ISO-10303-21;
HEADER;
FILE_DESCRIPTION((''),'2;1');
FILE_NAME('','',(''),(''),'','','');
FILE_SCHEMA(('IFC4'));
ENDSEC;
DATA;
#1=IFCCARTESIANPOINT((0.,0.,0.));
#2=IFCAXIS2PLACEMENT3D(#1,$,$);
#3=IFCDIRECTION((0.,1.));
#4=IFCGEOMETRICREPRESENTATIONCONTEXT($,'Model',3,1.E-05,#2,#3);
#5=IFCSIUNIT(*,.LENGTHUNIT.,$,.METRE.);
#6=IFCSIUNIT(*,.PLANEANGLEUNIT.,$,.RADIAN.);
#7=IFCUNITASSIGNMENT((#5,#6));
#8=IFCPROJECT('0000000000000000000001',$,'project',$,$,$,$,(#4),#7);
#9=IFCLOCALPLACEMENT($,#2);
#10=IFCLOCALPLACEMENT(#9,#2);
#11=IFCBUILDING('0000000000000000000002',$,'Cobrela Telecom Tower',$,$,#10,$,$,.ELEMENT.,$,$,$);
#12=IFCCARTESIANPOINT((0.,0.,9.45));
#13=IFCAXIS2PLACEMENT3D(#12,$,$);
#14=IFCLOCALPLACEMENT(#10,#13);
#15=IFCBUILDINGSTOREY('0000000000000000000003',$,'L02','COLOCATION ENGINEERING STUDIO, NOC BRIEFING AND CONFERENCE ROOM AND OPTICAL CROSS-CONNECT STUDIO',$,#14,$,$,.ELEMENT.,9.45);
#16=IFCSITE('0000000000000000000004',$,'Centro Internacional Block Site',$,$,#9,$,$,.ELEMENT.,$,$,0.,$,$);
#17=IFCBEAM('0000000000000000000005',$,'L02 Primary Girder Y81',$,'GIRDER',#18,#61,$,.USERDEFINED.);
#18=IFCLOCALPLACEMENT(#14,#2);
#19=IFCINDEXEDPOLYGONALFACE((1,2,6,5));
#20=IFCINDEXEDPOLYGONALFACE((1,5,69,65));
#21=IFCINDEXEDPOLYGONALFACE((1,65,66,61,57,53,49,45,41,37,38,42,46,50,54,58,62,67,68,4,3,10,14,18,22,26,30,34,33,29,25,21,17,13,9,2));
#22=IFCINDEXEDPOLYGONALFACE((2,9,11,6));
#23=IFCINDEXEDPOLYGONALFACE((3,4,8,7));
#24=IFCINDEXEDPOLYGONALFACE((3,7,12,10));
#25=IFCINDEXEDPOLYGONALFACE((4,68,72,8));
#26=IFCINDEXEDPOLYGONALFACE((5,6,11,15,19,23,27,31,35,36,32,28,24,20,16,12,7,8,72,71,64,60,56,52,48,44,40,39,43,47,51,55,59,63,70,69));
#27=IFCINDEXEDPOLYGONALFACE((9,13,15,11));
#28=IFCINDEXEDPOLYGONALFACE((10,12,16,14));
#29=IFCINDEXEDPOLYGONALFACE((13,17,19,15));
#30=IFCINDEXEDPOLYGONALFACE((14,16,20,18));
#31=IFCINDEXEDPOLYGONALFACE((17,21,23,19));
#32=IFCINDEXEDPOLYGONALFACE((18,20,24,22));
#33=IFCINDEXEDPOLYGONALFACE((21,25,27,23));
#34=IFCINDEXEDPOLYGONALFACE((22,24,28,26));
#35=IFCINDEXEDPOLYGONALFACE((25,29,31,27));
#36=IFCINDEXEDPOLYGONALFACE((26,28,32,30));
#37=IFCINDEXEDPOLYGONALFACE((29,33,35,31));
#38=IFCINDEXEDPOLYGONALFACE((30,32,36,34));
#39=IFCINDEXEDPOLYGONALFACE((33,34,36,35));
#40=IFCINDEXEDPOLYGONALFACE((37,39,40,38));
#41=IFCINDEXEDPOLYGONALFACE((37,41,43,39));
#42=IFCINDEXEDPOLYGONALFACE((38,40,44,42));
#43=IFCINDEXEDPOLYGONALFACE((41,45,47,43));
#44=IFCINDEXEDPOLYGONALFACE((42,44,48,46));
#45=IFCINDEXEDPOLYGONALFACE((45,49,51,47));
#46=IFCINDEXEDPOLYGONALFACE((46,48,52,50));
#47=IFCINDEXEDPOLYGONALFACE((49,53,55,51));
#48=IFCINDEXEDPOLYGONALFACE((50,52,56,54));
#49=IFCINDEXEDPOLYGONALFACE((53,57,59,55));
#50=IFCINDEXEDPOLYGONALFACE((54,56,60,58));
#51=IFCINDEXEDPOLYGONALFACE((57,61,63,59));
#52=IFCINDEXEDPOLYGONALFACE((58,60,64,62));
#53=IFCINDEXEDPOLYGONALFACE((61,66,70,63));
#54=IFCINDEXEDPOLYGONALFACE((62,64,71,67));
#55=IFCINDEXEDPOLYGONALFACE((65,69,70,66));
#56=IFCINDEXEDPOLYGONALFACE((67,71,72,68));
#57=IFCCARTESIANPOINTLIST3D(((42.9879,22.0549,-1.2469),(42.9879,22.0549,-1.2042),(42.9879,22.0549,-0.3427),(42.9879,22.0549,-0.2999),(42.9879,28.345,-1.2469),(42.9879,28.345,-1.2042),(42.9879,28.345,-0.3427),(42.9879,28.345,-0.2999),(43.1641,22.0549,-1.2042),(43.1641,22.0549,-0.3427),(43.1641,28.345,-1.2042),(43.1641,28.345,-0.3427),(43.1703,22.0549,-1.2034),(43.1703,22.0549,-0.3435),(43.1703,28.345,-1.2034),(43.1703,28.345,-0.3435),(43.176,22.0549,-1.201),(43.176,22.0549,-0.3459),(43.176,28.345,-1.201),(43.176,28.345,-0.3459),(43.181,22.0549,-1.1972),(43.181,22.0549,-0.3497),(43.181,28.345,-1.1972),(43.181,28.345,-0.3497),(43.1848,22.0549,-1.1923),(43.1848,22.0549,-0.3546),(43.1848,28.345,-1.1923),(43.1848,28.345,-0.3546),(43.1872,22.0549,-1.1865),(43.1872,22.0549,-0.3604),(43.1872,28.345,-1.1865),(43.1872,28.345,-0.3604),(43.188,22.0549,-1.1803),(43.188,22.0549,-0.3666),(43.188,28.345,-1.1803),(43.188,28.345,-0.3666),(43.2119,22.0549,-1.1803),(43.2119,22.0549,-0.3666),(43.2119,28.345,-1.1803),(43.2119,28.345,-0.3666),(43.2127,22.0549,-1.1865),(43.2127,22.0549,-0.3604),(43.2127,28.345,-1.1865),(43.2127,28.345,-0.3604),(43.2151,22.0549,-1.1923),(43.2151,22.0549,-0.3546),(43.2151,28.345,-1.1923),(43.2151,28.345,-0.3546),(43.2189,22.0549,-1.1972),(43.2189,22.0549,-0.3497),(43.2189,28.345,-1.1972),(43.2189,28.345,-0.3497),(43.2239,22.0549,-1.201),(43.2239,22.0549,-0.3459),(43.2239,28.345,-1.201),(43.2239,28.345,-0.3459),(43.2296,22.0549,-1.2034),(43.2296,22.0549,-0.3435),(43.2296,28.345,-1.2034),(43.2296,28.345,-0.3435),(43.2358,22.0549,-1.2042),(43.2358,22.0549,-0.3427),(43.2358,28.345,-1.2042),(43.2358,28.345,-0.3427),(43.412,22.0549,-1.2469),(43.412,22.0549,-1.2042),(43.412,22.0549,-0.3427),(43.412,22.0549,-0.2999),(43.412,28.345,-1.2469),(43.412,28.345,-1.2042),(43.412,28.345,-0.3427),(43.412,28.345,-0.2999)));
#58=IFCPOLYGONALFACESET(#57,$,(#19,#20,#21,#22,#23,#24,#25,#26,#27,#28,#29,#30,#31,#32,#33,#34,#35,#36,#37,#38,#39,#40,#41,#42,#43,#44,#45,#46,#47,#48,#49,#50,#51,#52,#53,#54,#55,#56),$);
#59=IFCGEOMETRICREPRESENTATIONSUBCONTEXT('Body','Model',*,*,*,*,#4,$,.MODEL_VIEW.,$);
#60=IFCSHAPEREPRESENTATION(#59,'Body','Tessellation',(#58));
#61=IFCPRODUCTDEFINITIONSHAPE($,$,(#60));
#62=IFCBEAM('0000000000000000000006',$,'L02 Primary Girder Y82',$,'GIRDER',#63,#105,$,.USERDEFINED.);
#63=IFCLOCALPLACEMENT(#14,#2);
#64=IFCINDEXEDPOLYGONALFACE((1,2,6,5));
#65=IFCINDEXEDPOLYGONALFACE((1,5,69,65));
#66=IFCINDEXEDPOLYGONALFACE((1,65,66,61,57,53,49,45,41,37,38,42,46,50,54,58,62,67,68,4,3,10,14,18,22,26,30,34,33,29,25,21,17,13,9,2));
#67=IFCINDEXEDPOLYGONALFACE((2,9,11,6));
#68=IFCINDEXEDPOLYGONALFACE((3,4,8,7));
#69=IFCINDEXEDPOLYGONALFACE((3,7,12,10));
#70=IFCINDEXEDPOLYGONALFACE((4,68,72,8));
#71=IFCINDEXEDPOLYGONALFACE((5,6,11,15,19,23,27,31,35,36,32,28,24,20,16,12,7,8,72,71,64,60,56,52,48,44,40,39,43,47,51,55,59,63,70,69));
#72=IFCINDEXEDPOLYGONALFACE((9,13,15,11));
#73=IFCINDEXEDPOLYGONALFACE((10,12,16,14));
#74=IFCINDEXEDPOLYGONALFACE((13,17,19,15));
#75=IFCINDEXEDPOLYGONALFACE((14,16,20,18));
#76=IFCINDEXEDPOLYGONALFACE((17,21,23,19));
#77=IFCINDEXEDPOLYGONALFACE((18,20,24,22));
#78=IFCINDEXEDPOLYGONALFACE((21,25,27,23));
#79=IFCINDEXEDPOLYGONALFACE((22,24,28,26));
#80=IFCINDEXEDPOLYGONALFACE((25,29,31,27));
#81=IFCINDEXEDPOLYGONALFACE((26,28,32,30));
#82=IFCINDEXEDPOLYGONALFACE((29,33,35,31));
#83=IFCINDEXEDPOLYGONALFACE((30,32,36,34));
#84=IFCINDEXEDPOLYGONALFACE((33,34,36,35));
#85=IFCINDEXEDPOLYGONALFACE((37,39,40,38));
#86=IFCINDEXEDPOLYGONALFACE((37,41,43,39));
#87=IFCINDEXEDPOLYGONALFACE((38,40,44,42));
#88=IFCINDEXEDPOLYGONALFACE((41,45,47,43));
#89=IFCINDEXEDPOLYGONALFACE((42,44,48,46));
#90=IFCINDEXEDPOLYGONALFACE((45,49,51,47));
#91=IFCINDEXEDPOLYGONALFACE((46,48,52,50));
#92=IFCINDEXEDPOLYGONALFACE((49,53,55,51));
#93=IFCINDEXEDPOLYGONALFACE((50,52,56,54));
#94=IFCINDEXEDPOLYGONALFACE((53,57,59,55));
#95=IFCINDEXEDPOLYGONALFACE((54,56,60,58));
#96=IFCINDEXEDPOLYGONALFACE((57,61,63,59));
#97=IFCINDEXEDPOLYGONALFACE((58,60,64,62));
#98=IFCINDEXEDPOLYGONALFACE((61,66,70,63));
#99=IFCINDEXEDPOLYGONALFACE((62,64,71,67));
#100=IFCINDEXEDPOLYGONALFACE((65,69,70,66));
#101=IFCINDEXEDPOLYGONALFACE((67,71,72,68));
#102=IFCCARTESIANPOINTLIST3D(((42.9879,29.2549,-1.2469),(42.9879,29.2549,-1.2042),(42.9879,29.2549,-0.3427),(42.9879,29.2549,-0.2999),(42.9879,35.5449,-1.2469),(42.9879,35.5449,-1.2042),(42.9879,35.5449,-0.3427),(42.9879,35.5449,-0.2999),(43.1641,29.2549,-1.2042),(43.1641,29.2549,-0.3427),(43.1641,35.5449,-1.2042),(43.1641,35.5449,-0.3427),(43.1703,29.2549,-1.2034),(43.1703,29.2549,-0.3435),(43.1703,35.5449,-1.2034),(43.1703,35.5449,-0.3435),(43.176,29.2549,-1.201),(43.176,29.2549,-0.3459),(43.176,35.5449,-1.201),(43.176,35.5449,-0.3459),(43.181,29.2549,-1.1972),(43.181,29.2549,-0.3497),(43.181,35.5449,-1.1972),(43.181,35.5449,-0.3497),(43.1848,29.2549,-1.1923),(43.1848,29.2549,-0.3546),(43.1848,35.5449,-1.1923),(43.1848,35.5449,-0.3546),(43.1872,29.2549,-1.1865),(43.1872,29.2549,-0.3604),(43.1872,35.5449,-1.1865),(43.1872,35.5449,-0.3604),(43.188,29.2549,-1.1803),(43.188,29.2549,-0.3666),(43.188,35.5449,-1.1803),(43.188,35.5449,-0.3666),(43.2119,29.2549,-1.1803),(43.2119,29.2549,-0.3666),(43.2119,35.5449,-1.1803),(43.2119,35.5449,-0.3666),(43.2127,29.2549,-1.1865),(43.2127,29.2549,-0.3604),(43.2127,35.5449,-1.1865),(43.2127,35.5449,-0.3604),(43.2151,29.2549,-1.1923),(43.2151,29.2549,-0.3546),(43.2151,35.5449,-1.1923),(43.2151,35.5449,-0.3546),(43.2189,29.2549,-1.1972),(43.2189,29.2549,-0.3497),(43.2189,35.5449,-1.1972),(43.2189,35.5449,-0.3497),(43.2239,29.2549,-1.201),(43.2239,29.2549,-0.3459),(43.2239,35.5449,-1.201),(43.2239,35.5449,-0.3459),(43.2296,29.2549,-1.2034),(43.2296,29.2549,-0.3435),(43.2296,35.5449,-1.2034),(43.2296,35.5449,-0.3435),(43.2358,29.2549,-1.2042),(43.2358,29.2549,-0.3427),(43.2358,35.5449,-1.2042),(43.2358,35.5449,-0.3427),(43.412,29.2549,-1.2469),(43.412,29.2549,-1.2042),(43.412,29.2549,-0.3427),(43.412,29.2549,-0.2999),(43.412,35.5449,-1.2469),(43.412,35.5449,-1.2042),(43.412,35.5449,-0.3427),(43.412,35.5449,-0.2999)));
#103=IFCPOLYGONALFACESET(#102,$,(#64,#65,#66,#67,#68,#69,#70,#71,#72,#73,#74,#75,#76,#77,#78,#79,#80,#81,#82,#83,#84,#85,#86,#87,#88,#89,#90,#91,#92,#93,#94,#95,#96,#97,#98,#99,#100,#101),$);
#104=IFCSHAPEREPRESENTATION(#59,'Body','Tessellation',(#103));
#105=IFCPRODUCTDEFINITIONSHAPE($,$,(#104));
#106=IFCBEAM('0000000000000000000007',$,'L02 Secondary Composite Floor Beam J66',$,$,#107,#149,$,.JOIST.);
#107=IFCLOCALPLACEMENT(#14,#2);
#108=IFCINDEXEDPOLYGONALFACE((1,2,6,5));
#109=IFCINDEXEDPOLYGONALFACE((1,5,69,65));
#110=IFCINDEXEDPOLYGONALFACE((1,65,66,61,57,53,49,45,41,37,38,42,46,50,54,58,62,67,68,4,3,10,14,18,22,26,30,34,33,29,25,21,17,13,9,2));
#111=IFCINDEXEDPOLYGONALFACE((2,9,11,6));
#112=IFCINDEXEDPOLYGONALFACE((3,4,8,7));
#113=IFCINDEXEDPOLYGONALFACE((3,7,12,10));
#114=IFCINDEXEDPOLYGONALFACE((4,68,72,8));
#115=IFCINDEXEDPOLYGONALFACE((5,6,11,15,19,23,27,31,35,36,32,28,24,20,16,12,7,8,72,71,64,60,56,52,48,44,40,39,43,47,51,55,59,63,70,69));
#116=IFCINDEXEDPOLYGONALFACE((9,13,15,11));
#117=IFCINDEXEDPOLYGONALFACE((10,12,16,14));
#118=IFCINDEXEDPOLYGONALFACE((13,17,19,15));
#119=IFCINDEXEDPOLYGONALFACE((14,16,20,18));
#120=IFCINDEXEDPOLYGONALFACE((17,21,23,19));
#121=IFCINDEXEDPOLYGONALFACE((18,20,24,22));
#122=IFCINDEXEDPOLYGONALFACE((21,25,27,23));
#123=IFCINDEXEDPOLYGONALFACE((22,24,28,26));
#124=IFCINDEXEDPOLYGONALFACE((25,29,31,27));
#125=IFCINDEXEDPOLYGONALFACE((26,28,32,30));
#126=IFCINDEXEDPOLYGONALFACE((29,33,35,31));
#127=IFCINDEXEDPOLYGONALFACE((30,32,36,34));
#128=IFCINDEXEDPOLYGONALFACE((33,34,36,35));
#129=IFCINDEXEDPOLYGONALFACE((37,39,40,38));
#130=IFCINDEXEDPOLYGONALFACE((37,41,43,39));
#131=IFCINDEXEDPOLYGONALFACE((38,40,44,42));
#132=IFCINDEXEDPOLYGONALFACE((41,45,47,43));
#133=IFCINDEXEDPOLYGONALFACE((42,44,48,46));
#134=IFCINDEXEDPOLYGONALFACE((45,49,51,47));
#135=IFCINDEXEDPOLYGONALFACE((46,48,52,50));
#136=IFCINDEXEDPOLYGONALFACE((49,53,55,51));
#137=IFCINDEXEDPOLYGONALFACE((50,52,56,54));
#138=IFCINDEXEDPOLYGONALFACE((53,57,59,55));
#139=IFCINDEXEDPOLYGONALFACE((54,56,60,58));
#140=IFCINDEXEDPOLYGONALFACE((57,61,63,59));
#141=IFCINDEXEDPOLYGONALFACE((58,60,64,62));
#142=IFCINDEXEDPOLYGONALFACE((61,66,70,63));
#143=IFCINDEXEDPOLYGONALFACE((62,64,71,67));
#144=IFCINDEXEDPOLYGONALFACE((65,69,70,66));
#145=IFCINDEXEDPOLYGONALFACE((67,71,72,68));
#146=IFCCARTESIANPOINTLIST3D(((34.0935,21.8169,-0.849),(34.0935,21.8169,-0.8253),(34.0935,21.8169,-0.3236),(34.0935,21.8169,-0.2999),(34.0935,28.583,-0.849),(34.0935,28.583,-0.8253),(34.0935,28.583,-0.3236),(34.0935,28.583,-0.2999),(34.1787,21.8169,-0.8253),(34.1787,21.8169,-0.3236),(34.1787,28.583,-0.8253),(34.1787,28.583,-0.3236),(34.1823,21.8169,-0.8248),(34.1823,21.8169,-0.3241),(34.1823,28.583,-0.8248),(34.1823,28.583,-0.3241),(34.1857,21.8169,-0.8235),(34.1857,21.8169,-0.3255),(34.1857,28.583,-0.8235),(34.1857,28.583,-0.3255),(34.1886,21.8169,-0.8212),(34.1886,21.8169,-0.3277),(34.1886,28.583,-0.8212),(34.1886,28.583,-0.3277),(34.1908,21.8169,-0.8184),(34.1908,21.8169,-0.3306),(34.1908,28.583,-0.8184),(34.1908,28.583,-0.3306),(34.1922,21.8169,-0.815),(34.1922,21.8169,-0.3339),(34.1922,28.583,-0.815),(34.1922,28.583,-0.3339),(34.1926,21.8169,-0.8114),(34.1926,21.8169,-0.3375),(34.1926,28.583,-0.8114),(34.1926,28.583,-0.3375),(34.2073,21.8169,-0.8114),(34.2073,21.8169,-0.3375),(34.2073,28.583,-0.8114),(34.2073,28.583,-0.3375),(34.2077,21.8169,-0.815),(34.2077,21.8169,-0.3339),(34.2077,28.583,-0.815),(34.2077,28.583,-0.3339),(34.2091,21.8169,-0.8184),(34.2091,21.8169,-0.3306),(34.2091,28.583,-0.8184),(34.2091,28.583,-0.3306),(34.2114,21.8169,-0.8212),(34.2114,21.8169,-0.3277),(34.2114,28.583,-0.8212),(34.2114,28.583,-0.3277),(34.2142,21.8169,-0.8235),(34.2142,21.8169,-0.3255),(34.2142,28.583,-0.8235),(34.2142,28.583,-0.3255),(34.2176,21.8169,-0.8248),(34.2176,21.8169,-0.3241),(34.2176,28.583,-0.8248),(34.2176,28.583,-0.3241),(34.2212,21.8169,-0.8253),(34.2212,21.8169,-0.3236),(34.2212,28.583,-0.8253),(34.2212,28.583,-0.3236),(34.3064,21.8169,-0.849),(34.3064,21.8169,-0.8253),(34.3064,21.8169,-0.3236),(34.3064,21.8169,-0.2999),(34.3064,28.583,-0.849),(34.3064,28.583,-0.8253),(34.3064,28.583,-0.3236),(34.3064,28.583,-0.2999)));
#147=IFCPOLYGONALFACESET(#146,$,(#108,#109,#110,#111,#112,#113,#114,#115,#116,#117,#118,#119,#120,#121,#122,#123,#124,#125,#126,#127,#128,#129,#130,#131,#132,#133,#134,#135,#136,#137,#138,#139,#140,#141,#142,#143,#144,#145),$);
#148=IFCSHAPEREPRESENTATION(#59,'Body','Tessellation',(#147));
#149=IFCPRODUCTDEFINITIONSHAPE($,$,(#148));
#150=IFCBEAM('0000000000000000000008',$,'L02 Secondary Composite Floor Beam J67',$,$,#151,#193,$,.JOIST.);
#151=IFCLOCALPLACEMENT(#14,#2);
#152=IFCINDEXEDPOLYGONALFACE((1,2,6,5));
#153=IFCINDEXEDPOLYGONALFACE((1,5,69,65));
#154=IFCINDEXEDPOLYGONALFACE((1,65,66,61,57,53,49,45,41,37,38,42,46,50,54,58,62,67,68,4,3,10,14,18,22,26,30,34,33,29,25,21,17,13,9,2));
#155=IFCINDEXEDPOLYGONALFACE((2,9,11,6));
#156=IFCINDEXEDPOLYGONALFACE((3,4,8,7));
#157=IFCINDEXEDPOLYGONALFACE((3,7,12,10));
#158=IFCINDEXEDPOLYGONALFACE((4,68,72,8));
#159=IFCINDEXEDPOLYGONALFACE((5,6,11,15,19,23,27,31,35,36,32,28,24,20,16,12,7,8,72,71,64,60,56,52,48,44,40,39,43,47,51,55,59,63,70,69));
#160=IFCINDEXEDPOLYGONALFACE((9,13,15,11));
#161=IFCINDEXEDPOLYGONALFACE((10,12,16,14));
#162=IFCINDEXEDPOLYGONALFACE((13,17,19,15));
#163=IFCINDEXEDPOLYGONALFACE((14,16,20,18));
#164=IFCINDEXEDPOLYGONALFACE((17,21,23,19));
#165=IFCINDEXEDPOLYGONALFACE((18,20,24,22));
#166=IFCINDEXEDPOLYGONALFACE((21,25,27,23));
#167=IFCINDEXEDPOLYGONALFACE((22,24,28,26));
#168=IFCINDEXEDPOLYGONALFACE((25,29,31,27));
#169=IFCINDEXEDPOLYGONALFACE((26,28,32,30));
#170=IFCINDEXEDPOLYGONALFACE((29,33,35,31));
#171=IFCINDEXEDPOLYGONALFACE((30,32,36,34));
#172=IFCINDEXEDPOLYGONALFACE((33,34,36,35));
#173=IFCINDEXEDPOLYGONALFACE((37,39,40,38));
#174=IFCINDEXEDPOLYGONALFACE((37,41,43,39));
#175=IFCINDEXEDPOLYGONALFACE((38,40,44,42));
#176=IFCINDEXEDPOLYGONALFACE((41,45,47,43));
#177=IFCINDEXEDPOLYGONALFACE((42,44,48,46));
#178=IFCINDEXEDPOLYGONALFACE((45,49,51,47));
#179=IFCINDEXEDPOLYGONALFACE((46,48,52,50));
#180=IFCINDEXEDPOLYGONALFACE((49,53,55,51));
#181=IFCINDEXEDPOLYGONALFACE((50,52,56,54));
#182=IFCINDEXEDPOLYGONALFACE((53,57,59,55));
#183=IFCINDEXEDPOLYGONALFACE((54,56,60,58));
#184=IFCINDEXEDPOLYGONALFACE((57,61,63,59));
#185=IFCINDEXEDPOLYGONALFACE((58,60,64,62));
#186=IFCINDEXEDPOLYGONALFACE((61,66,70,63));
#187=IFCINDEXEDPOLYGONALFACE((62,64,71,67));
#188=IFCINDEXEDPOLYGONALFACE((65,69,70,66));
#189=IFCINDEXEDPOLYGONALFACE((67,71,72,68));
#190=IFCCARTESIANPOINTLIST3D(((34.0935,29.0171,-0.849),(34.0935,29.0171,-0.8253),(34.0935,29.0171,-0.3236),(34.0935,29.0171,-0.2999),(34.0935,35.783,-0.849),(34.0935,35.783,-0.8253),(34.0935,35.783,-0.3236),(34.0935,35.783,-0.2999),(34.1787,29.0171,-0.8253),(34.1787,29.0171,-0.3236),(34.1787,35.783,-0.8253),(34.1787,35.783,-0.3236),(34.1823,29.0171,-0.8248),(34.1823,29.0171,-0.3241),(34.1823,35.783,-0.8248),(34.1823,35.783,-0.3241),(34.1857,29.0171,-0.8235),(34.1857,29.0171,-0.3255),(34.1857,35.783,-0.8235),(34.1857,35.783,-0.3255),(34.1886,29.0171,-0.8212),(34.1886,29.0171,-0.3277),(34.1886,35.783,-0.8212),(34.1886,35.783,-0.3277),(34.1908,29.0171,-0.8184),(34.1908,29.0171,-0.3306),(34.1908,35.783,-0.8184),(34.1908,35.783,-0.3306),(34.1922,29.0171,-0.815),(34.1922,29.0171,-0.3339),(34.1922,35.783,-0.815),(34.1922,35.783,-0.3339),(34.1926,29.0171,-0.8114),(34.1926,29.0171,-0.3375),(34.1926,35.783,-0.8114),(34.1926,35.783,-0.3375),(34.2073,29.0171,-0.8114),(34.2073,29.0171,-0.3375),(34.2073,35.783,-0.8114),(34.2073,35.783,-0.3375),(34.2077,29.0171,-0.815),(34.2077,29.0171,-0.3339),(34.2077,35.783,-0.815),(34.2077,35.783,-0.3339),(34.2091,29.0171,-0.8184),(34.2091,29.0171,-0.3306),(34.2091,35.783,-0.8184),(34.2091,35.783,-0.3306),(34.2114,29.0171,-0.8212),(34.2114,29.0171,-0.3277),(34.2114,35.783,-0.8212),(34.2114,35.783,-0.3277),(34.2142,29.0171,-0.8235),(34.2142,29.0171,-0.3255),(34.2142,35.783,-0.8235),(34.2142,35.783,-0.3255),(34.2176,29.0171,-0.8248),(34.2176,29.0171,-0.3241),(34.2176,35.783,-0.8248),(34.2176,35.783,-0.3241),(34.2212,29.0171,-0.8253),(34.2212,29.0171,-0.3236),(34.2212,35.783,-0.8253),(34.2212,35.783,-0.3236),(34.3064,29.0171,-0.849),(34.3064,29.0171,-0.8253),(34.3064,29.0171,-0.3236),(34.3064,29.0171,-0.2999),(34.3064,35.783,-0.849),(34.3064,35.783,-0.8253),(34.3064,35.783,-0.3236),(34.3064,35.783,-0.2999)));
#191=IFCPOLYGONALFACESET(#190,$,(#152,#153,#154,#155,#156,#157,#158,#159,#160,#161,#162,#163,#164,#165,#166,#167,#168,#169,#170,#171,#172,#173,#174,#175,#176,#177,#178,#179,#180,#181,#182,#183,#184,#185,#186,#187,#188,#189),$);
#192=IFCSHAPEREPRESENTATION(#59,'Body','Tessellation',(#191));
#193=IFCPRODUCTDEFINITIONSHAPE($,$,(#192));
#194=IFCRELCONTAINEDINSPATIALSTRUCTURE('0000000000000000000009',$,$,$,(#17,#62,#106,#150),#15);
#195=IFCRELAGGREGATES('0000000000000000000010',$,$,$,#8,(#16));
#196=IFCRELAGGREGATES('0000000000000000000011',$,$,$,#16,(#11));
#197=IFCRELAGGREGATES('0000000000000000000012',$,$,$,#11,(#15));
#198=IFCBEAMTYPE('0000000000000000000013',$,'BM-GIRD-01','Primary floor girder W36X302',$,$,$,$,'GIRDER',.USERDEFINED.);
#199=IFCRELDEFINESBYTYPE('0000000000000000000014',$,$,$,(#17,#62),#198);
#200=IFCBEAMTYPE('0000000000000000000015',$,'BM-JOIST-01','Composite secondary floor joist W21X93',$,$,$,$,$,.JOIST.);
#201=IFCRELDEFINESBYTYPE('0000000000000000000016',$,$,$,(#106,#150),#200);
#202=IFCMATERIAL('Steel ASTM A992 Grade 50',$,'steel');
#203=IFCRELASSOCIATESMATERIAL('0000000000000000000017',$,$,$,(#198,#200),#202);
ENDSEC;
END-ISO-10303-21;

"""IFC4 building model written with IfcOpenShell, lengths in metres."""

from ifc_helpers import new_model, si_unit, direction, frame, origin, origin_2d, place, context, subcontext, project, spatial, i_section, extrude, material, material_profile, profile_set, type_object, element, save


model = new_model("IFC4")

# Units and contexts
model_context = context("Model", 3, precision=1e-05, world=origin(), true_north=direction((0.0, 1.0)))
body_context = subcontext(model_context, "Body", "Model", "MODEL_VIEW")
ifc_project = project(units=[si_unit("LENGTHUNIT", "METRE"), si_unit("PLANEANGLEUNIT", "RADIAN")], contexts=[model_context])

# Site, building, storey
site_placement = place(None, origin())
site = spatial("IfcSite", under=ifc_project, at=site_placement, Name="Centro Internacional Block Site", CompositionType="ELEMENT", RefElevation=0.0)
building_placement = place(site_placement, origin())
building = spatial("IfcBuilding", under=site, at=building_placement, Name="Cobrela Telecom Tower", CompositionType="ELEMENT")
storey_placement = place(building_placement, frame((0.0, 0.0, 9.45)))
storey = spatial("IfcBuildingStorey", under=building, at=storey_placement, Name="L02", Description="COLOCATION ENGINEERING STUDIO, NOC BRIEFING AND CONFERENCE ROOM AND OPTICAL CROSS-CONNECT STUDIO", CompositionType="ELEMENT", Elevation=9.45)

# Beams
ifc_material_1 = material(Name="Steel ASTM A992 Grade 50", Category="steel")
ifc_material_profile_1 = material_profile(ifc_material_1, i_section(OverallWidth=0.4241, OverallDepth=0.947, WebThickness=0.0239, FlangeThickness=0.0427, FilletRadius=0.0239, at=origin_2d()), Name="W36X302")
ifc_profile_set_1 = profile_set([ifc_material_profile_1], Name="Steel ASTM A992 Grade 50")
beam_type_1 = type_object("IfcBeamType", Name="BM-GIRD-01", Description="Primary floor girder W36X302", ElementType="GIRDER", PredefinedType="USERDEFINED", material=ifc_profile_set_1)
for number, where, z_axis, x_axis, name in (
    (1, (43.2, 22.0549, -0.7734), (0.0, 1.0, 0.0), (-1.0, 0.0, 0.0), "L02 Primary Girder Y81"),
    (2, (43.2, 29.2549, -0.7734), (0.0, 1.0, 0.0), (-1.0, 0.0, 0.0), "L02 Primary Girder Y82"),
):
    element("IfcBeam", number, at=place(storey_placement, frame(where, z_axis=z_axis, x_axis=x_axis)), inside=storey, type_object=beam_type_1, Name=name, ObjectType="GIRDER", PredefinedType="USERDEFINED", context=body_context, shape_type="SweptSolid", body=[
        extrude(i_section(OverallWidth=0.4241, OverallDepth=0.947, WebThickness=0.0239, FlangeThickness=0.0427, FilletRadius=0.0239, at=origin_2d()), origin(), (0.0, 0.0, 1.0), 6.29),
    ])
ifc_material_profile_2 = material_profile(ifc_material_1, i_section(OverallWidth=0.2129, OverallDepth=0.5491, WebThickness=0.0146, FlangeThickness=0.0237, FilletRadius=0.0139, at=origin_2d()), Name="W21X93")
ifc_profile_set_2 = profile_set([ifc_material_profile_2], Name="Steel ASTM A992 Grade 50")
beam_type_2 = type_object("IfcBeamType", Name="BM-JOIST-01", Description="Composite secondary floor joist W21X93", PredefinedType="JOIST", material=ifc_profile_set_2)
beam_1_placement = place(storey_placement, frame((34.2, 21.8169, -0.5745), z_axis=(0.0, 1.0, 0.0), x_axis=(-1.0, 0.0, 0.0)))
element("IfcBeam", 3, at=beam_1_placement, inside=storey, type_object=beam_type_2, Name="L02 Secondary Composite Floor Beam J66", PredefinedType="JOIST", context=body_context, shape_type="SweptSolid", body=[
    extrude(i_section(OverallWidth=0.2129, OverallDepth=0.5491, WebThickness=0.0146, FlangeThickness=0.0237, FilletRadius=0.0139, at=origin_2d()), origin(), (0.0, 0.0, 1.0), 6.7661),
])
beam_2_placement = place(storey_placement, frame((34.2, 29.0171, -0.5745), z_axis=(0.0, 1.0, 0.0), x_axis=(-1.0, 0.0, 0.0)))
element("IfcBeam", 4, at=beam_2_placement, inside=storey, type_object=beam_type_2, Name="L02 Secondary Composite Floor Beam J67", PredefinedType="JOIST", context=body_context, shape_type="SweptSolid", body=[
    extrude(i_section(OverallWidth=0.2129, OverallDepth=0.5491, WebThickness=0.0146, FlangeThickness=0.0237, FilletRadius=0.0139, at=origin_2d()), origin(), (0.0, 0.0, 1.0), 6.7659),
])

save(model, "model.ifc")
